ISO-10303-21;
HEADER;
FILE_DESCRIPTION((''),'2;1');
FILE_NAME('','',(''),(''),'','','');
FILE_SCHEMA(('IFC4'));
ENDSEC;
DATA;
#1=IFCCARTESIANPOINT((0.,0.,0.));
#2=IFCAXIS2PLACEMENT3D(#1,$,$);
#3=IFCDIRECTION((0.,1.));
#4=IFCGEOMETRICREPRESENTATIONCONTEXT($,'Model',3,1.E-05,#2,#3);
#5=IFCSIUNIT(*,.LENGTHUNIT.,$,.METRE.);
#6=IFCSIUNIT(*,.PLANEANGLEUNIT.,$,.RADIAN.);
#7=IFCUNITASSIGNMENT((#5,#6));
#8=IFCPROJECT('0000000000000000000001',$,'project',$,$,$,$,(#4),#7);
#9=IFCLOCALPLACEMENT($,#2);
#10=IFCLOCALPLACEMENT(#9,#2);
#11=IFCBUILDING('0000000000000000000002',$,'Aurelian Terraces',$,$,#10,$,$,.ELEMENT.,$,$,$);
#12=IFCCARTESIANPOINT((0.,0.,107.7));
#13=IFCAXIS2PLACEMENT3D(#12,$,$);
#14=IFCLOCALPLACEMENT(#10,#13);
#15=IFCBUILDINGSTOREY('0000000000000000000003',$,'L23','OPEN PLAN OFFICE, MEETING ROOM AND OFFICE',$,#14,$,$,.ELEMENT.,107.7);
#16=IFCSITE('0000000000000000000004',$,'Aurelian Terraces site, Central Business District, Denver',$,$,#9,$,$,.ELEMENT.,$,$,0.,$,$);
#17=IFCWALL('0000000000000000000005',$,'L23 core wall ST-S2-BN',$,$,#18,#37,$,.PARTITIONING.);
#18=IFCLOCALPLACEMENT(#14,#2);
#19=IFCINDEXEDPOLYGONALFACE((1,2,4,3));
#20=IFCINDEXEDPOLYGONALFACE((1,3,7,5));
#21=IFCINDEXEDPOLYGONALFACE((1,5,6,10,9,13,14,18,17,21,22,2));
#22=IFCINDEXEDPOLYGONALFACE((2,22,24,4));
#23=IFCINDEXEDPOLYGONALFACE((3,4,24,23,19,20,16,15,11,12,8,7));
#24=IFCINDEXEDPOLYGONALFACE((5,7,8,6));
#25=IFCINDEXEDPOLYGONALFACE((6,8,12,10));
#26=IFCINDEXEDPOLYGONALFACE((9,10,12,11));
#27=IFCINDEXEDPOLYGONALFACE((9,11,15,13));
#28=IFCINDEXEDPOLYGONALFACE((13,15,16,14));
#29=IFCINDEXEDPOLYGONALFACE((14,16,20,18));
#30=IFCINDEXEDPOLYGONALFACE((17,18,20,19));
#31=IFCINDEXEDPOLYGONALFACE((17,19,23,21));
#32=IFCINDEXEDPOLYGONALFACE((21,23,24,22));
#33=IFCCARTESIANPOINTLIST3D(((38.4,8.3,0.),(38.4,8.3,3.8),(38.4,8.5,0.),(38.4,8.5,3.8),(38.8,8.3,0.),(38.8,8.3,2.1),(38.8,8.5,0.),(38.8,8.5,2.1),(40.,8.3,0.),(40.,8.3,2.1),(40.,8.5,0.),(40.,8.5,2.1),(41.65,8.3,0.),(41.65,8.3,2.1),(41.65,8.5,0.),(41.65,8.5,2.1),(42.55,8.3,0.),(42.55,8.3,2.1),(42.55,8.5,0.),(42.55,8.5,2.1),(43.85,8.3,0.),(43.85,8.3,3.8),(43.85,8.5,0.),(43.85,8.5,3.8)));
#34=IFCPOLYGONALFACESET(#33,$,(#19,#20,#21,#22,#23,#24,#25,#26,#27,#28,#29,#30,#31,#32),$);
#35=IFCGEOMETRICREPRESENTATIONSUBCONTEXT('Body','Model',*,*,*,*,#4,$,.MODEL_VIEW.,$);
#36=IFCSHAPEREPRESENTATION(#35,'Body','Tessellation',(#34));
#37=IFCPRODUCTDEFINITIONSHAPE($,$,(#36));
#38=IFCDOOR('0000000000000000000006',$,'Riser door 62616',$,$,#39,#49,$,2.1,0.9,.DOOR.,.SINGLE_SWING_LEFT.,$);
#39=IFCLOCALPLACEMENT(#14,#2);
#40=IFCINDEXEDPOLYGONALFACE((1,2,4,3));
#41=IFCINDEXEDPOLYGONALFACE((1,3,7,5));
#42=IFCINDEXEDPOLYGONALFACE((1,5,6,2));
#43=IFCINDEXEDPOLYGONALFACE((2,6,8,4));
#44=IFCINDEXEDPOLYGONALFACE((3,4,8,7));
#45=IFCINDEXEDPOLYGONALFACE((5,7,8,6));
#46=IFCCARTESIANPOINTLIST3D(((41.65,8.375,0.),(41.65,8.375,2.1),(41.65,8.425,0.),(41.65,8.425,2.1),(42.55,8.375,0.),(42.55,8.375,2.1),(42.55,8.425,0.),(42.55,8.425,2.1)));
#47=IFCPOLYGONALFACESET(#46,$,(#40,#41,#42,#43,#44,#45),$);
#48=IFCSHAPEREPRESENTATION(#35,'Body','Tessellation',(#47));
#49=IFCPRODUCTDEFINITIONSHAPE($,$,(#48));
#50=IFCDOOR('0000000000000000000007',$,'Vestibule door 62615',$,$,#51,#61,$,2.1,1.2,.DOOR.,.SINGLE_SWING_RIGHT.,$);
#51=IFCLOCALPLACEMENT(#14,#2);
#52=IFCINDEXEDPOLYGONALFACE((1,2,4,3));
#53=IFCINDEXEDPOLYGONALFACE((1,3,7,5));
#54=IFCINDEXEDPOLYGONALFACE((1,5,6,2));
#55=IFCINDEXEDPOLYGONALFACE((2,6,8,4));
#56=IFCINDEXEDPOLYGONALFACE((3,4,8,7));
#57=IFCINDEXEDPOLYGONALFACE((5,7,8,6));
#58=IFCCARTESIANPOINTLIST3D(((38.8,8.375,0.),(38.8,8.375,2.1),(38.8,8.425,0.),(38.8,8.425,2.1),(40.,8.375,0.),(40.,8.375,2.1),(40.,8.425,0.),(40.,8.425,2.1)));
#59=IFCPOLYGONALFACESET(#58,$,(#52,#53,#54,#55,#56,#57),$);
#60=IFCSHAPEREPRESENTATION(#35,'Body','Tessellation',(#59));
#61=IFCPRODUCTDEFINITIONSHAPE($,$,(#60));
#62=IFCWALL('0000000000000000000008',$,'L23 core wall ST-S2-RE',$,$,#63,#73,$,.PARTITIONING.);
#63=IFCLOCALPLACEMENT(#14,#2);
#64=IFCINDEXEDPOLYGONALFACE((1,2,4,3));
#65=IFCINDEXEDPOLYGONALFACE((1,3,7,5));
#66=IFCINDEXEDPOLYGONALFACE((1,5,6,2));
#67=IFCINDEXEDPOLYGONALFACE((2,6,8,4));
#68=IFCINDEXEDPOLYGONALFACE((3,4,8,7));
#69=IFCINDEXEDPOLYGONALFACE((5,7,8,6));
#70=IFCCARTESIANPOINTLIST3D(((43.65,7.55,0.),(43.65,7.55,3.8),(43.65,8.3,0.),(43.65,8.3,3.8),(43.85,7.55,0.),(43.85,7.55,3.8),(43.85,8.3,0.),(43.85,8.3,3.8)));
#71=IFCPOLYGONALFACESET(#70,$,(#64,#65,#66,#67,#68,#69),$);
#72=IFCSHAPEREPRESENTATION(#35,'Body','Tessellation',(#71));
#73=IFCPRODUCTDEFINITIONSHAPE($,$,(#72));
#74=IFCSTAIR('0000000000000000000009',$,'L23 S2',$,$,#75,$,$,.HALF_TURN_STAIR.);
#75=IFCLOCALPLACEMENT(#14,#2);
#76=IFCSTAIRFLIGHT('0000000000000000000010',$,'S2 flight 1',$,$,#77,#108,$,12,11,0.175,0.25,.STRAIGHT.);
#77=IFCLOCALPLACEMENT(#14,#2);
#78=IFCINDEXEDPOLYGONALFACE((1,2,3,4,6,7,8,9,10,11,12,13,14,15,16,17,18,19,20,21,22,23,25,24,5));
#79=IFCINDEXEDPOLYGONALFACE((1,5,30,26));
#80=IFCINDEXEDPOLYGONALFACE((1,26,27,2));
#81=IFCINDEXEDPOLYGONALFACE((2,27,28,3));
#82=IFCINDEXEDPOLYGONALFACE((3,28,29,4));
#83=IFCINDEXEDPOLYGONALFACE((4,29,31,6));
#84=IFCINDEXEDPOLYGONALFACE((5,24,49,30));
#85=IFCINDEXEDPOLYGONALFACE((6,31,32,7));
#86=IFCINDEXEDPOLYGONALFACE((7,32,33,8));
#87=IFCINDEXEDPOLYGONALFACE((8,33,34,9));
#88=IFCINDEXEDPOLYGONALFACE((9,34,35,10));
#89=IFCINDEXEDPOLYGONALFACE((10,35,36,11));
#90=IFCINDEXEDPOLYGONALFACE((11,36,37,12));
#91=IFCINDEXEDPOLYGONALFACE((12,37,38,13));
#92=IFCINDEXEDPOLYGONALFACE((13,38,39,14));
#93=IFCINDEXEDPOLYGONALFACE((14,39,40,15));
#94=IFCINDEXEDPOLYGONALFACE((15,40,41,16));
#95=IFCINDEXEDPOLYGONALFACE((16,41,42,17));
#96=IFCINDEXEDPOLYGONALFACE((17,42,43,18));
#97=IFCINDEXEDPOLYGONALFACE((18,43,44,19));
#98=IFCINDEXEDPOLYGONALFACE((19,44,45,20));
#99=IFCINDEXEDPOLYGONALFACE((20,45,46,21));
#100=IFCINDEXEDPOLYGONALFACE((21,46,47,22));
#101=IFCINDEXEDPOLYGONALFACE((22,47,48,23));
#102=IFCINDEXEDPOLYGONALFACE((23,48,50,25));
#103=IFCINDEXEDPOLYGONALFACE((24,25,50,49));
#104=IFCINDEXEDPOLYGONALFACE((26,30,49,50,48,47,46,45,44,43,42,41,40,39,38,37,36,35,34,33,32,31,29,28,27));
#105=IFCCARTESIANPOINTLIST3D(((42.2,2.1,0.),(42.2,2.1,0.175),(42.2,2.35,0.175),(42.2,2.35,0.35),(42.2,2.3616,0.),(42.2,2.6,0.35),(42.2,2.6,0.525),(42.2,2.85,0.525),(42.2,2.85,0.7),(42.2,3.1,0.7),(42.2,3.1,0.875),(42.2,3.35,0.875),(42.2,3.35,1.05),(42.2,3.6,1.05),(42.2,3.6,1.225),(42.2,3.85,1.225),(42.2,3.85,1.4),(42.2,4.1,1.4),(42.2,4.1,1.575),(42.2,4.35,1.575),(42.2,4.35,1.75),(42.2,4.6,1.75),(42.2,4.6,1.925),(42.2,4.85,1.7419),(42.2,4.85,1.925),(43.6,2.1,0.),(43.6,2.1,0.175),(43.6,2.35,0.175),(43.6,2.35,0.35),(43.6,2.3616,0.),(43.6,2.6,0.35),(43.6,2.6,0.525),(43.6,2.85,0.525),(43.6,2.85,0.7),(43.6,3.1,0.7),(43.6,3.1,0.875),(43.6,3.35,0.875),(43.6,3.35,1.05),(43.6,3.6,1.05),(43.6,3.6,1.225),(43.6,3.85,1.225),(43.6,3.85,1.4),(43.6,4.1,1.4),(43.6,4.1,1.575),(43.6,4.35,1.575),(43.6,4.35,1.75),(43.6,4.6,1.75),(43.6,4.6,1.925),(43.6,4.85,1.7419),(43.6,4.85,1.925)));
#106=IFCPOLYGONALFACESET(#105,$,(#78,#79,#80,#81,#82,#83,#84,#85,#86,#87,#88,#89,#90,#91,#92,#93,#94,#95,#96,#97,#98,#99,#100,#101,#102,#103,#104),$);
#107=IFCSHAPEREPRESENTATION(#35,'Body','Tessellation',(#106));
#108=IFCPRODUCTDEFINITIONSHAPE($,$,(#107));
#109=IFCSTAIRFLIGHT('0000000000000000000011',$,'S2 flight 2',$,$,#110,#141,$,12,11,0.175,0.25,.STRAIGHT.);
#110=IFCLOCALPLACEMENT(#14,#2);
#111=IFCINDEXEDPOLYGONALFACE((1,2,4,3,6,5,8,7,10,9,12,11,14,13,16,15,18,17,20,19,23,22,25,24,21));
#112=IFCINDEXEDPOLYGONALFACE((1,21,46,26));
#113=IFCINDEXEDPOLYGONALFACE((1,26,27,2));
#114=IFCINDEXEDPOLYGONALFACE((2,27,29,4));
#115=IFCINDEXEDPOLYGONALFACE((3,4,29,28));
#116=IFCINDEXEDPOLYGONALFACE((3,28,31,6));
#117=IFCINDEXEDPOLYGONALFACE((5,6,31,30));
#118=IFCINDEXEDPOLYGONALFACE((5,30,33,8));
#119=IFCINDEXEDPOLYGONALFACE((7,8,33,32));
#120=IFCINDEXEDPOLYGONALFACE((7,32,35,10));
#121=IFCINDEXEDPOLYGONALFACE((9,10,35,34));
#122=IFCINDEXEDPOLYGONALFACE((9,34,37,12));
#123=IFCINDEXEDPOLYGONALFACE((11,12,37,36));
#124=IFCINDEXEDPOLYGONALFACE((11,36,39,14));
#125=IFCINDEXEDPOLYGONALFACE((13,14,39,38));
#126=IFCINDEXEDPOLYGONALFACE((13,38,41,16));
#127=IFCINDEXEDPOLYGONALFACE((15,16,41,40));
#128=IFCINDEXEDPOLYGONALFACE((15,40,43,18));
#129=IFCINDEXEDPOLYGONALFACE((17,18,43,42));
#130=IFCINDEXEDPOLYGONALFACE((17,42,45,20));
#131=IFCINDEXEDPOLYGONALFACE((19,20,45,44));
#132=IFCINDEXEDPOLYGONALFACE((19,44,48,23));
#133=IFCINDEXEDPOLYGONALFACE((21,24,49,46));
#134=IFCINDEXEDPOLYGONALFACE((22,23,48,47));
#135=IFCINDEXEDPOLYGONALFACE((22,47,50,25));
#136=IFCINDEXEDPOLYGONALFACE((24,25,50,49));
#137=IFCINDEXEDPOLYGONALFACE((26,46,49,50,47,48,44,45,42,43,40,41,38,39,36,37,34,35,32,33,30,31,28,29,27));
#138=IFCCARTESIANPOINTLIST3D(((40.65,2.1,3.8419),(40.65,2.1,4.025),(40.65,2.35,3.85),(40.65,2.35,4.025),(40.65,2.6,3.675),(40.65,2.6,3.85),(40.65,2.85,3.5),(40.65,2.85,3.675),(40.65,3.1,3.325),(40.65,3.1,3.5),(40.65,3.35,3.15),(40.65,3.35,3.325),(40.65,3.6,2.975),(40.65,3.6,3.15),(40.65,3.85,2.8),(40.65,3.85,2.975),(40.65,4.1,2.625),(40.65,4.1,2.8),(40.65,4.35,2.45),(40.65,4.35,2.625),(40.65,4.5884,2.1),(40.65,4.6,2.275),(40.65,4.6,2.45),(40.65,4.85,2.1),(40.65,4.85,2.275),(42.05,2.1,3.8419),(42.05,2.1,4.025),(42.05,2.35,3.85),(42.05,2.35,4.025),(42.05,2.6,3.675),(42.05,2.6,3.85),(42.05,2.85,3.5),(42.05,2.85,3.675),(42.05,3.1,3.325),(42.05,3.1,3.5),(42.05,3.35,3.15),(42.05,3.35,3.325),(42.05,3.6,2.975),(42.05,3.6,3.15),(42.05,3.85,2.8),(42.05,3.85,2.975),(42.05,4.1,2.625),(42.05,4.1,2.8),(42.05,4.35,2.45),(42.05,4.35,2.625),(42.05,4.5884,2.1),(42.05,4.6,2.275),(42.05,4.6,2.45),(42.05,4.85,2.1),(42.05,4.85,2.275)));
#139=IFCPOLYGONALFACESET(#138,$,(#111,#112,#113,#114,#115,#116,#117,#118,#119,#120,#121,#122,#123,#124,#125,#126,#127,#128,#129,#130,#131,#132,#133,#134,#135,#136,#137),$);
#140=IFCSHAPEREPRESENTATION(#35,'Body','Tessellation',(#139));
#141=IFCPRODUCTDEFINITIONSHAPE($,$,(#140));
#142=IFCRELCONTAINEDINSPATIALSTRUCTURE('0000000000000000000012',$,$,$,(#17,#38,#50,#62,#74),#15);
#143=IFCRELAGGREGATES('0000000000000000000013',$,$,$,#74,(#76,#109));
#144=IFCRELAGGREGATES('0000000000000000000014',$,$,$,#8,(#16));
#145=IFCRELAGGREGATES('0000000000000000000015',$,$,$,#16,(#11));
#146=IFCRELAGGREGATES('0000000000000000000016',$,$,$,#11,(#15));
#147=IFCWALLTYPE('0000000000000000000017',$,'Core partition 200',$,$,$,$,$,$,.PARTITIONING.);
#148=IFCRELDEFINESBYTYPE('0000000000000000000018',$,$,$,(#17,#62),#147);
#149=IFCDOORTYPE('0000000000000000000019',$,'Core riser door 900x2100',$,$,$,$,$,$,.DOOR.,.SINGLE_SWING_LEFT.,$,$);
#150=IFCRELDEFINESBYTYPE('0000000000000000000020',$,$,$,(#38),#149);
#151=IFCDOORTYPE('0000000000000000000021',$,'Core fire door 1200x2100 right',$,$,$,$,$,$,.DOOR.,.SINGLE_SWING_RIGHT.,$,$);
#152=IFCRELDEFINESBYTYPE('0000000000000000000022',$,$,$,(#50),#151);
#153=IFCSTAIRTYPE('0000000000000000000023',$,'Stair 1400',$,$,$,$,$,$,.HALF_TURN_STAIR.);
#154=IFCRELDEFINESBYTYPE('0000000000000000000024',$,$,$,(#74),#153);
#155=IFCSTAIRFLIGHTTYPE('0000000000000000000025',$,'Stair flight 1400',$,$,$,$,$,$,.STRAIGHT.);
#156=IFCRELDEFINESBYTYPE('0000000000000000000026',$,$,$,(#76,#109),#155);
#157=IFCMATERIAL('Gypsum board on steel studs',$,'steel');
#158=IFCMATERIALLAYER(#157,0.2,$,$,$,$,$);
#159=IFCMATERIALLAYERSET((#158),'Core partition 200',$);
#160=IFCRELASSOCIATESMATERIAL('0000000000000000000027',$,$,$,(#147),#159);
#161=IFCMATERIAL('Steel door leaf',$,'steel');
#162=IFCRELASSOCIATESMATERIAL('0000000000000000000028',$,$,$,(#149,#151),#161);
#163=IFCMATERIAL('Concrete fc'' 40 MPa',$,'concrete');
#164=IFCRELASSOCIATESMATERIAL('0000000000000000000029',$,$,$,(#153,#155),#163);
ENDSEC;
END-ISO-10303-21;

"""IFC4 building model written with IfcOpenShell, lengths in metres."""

from ifc_helpers import new_model, si_unit, direction, frame, frame_2d, origin, place, context, subcontext, project, spatial, polyline, rectangle, outline, extrude, source, transform, mapped, material, layer, layer_set, type_object, element, fill, aggregate, save


model = new_model("IFC4")

# Units and contexts
model_context = context("Model", 3, precision=1e-05, world=origin(), true_north=direction((0.0, 1.0)))
body_context = subcontext(model_context, "Body", "Model", "MODEL_VIEW")
ifc_project = project(units=[si_unit("LENGTHUNIT", "METRE"), si_unit("PLANEANGLEUNIT", "RADIAN")], contexts=[model_context])

# Site, building, storey
site_placement = place(None, origin())
site = spatial("IfcSite", under=ifc_project, at=site_placement, Name="Aurelian Terraces site, Central Business District, Denver", CompositionType="ELEMENT", RefElevation=0.0)
building_placement = place(site_placement, origin())
building = spatial("IfcBuilding", under=site, at=building_placement, Name="Aurelian Terraces", CompositionType="ELEMENT")
storey_placement = place(building_placement, frame((0.0, 0.0, 107.7)))
storey = spatial("IfcBuildingStorey", under=building, at=storey_placement, Name="L23", Description="OPEN PLAN OFFICE, MEETING ROOM AND OFFICE", CompositionType="ELEMENT", Elevation=107.7)

# Shared definitions
ifc_material_1 = material(Name="Concrete fc' 40 MPa", Category="concrete")

# Shared definitions
ifc_material_2 = material(Name="Steel door leaf", Category="steel")

# Shared definitions
ifc_material_3 = material(Name="Gypsum board on steel studs", Category="steel")
ifc_layer_1 = layer(ifc_material_3, 0.2)
ifc_layer_set_1 = layer_set([ifc_layer_1], Name="Core partition 200")
wall_type_1 = type_object("IfcWallType", Name="Core partition 200", PredefinedType="PARTITIONING", material=ifc_layer_set_1)

# Wall, openings, doors
shared_shape_1 = source(origin(), body_context, "Body", "SweptSolid", [
    extrude(rectangle(XDim=5.45, YDim=0.2, at=frame_2d((2.725, 0.0))), origin(), (0.0, 0.0, 1.0), 3.8),
])
wall_1_placement = place(storey_placement, frame((38.4, 8.4, 0.0), z_axis=(0.0, 0.0, 1.0), x_axis=(1.0, 0.0, 0.0)))
wall_1 = element("IfcWall", 1, at=wall_1_placement, inside=storey, type_object=wall_type_1, Name="L23 core wall ST-S2-BN", PredefinedType="PARTITIONING", context=body_context, shape_type="MappedRepresentation", body=[
    mapped(shared_shape_1, transform((0.0, 0.0, 0.0), scale=1.0)),
])
shared_shape_2 = source(origin(), body_context, "Body", "SweptSolid", [
    extrude(rectangle(XDim=1.2, YDim=2.1, at=frame_2d((0.6, 1.05))), frame((0.0, 0.11, 0.0), z_axis=(0.0, -1.0, 0.0), x_axis=(1.0, 0.0, 0.0)), (0.0, 0.0, 1.0), 0.22),
])
opening_1_placement = place(wall_1_placement, frame((0.4, 0.0, 0.0)))
opening_1 = element("IfcOpeningElement", 2, at=opening_1_placement, cuts=wall_1, PredefinedType="OPENING", context=body_context, shape_type="MappedRepresentation", body=[
    mapped(shared_shape_2, transform((0.0, 0.0, 0.0), scale=1.0)),
])
shared_shape_3 = source(origin(), body_context, "Body", "SweptSolid", [
    extrude(rectangle(XDim=0.9, YDim=2.1, at=frame_2d((0.45, 1.05))), frame((0.0, 0.11, 0.0), z_axis=(0.0, -1.0, 0.0), x_axis=(1.0, 0.0, 0.0)), (0.0, 0.0, 1.0), 0.22),
])
opening_2_placement = place(wall_1_placement, frame((3.25, 0.0, 0.0)))
opening_2 = element("IfcOpeningElement", 3, at=opening_2_placement, cuts=wall_1, PredefinedType="OPENING", context=body_context, shape_type="MappedRepresentation", body=[
    mapped(shared_shape_3, transform((0.0, 0.0, 0.0), scale=1.0)),
])
door_type_1 = type_object("IfcDoorType", Name="Core riser door 900x2100", OperationType="SINGLE_SWING_LEFT", PredefinedType="DOOR", material=ifc_material_2)
shared_shape_4 = source(origin(), body_context, "Body", "SweptSolid", [
    extrude(rectangle(XDim=0.9, YDim=2.1, at=frame_2d((0.45, 1.05))), frame((0.0, 0.025, 0.0), z_axis=(0.0, -1.0, 0.0), x_axis=(1.0, 0.0, 0.0)), (0.0, 0.0, 1.0), 0.05),
])
door_1_placement = place(opening_2_placement, origin())
door_1 = element("IfcDoor", 4, at=door_1_placement, inside=storey, type_object=door_type_1, Name="Riser door 62616", OperationType="SINGLE_SWING_LEFT", OverallHeight=2.1, OverallWidth=0.9, PredefinedType="DOOR", context=body_context, shape_type="MappedRepresentation", body=[
    mapped(shared_shape_4, transform((0.0, 0.0, 0.0), scale=1.0)),
])
fill(opening_2, door_1)
door_type_2 = type_object("IfcDoorType", Name="Core fire door 1200x2100 right", OperationType="SINGLE_SWING_RIGHT", PredefinedType="DOOR", material=ifc_material_2)
shared_shape_5 = source(origin(), body_context, "Body", "SweptSolid", [
    extrude(rectangle(XDim=1.2, YDim=2.1, at=frame_2d((0.6, 1.05))), frame((0.0, 0.025, 0.0), z_axis=(0.0, -1.0, 0.0), x_axis=(1.0, 0.0, 0.0)), (0.0, 0.0, 1.0), 0.05),
])
door_2_placement = place(opening_1_placement, origin())
door_2 = element("IfcDoor", 5, at=door_2_placement, inside=storey, type_object=door_type_2, Name="Vestibule door 62615", OperationType="SINGLE_SWING_RIGHT", OverallHeight=2.1, OverallWidth=1.2, PredefinedType="DOOR", context=body_context, shape_type="MappedRepresentation", body=[
    mapped(shared_shape_5, transform((0.0, 0.0, 0.0), scale=1.0)),
])
fill(opening_1, door_2)

# Wall
shared_shape_6 = source(origin(), body_context, "Body", "SweptSolid", [
    extrude(rectangle(XDim=0.75, YDim=0.2, at=frame_2d((0.375, 0.0))), origin(), (0.0, 0.0, 1.0), 3.8),
])
wall_2_placement = place(storey_placement, frame((43.75, 7.55, 0.0), z_axis=(0.0, 0.0, 1.0), x_axis=(0.0, 1.0, 0.0)))
element("IfcWall", 6, at=wall_2_placement, inside=storey, type_object=wall_type_1, Name="L23 core wall ST-S2-RE", PredefinedType="PARTITIONING", context=body_context, shape_type="MappedRepresentation", body=[
    mapped(shared_shape_6, transform((0.0, 0.0, 0.0), scale=1.0)),
])

# Stair, stair flights
stair_type = type_object("IfcStairType", Name="Stair 1400", PredefinedType="HALF_TURN_STAIR", material=ifc_material_1)
stair_placement = place(storey_placement, origin())
stair = element("IfcStair", 7, at=stair_placement, inside=storey, type_object=stair_type, Name="L23 S2", PredefinedType="HALF_TURN_STAIR")
stair_flight_type = type_object("IfcStairFlightType", Name="Stair flight 1400", PredefinedType="STRAIGHT", material=ifc_material_1)
shared_shape_7 = source(origin(), body_context, "Body", "SweptSolid", [
    extrude(outline(polyline([(0.0, 0.0), (0.0, 0.175), (0.25, 0.175), (0.25, 0.35), (0.5, 0.35), (0.5, 0.525), (0.75, 0.525), (0.75, 0.7), (1.0, 0.7), (1.0, 0.875), (1.25, 0.875), (1.25, 1.05), (1.5, 1.05), (1.5, 1.225), (1.75, 1.225), (1.75, 1.4), (2.0, 1.4), (2.0, 1.575), (2.25, 1.575), (2.25, 1.75), (2.5, 1.75), (2.5, 1.925), (2.75, 1.925), (2.75, 2.1), (2.75, 1.7419), (0.2616, 0.0), (0.0, 0.0)])), frame((0.0, 0.7, 0.0), z_axis=(0.0, -1.0, 0.0), x_axis=(1.0, 0.0, 0.0)), (0.0, 0.0, 1.0), 1.4),
])
stair_flight_1_placement = place(storey_placement, frame((42.9, 2.1, 0.0), z_axis=(0.0, 0.0, 1.0), x_axis=(0.0, 1.0, 0.0)))
stair_flight_1 = element("IfcStairFlight", 8, at=stair_flight_1_placement, type_object=stair_flight_type, Name="S2 flight 1", NumberOfRisers=12, NumberOfTreads=11, PredefinedType="STRAIGHT", RiserHeight=0.175, TreadLength=0.25, context=body_context, shape_type="MappedRepresentation", body=[
    mapped(shared_shape_7, transform((0.0, 0.0, 0.0), scale=1.0)),
])
stair_flight_2_placement = place(storey_placement, frame((41.35, 4.85, 2.1), z_axis=(0.0, 0.0, 1.0), x_axis=(0.0, -1.0, 0.0)))
stair_flight_2 = element("IfcStairFlight", 9, at=stair_flight_2_placement, type_object=stair_flight_type, Name="S2 flight 2", NumberOfRisers=12, NumberOfTreads=11, PredefinedType="STRAIGHT", RiserHeight=0.175, TreadLength=0.25, context=body_context, shape_type="MappedRepresentation", body=[
    mapped(shared_shape_7, transform((0.0, 0.0, 0.0), scale=1.0)),
])
aggregate(stair, [stair_flight_1, stair_flight_2])

save(model, "model.ifc")
